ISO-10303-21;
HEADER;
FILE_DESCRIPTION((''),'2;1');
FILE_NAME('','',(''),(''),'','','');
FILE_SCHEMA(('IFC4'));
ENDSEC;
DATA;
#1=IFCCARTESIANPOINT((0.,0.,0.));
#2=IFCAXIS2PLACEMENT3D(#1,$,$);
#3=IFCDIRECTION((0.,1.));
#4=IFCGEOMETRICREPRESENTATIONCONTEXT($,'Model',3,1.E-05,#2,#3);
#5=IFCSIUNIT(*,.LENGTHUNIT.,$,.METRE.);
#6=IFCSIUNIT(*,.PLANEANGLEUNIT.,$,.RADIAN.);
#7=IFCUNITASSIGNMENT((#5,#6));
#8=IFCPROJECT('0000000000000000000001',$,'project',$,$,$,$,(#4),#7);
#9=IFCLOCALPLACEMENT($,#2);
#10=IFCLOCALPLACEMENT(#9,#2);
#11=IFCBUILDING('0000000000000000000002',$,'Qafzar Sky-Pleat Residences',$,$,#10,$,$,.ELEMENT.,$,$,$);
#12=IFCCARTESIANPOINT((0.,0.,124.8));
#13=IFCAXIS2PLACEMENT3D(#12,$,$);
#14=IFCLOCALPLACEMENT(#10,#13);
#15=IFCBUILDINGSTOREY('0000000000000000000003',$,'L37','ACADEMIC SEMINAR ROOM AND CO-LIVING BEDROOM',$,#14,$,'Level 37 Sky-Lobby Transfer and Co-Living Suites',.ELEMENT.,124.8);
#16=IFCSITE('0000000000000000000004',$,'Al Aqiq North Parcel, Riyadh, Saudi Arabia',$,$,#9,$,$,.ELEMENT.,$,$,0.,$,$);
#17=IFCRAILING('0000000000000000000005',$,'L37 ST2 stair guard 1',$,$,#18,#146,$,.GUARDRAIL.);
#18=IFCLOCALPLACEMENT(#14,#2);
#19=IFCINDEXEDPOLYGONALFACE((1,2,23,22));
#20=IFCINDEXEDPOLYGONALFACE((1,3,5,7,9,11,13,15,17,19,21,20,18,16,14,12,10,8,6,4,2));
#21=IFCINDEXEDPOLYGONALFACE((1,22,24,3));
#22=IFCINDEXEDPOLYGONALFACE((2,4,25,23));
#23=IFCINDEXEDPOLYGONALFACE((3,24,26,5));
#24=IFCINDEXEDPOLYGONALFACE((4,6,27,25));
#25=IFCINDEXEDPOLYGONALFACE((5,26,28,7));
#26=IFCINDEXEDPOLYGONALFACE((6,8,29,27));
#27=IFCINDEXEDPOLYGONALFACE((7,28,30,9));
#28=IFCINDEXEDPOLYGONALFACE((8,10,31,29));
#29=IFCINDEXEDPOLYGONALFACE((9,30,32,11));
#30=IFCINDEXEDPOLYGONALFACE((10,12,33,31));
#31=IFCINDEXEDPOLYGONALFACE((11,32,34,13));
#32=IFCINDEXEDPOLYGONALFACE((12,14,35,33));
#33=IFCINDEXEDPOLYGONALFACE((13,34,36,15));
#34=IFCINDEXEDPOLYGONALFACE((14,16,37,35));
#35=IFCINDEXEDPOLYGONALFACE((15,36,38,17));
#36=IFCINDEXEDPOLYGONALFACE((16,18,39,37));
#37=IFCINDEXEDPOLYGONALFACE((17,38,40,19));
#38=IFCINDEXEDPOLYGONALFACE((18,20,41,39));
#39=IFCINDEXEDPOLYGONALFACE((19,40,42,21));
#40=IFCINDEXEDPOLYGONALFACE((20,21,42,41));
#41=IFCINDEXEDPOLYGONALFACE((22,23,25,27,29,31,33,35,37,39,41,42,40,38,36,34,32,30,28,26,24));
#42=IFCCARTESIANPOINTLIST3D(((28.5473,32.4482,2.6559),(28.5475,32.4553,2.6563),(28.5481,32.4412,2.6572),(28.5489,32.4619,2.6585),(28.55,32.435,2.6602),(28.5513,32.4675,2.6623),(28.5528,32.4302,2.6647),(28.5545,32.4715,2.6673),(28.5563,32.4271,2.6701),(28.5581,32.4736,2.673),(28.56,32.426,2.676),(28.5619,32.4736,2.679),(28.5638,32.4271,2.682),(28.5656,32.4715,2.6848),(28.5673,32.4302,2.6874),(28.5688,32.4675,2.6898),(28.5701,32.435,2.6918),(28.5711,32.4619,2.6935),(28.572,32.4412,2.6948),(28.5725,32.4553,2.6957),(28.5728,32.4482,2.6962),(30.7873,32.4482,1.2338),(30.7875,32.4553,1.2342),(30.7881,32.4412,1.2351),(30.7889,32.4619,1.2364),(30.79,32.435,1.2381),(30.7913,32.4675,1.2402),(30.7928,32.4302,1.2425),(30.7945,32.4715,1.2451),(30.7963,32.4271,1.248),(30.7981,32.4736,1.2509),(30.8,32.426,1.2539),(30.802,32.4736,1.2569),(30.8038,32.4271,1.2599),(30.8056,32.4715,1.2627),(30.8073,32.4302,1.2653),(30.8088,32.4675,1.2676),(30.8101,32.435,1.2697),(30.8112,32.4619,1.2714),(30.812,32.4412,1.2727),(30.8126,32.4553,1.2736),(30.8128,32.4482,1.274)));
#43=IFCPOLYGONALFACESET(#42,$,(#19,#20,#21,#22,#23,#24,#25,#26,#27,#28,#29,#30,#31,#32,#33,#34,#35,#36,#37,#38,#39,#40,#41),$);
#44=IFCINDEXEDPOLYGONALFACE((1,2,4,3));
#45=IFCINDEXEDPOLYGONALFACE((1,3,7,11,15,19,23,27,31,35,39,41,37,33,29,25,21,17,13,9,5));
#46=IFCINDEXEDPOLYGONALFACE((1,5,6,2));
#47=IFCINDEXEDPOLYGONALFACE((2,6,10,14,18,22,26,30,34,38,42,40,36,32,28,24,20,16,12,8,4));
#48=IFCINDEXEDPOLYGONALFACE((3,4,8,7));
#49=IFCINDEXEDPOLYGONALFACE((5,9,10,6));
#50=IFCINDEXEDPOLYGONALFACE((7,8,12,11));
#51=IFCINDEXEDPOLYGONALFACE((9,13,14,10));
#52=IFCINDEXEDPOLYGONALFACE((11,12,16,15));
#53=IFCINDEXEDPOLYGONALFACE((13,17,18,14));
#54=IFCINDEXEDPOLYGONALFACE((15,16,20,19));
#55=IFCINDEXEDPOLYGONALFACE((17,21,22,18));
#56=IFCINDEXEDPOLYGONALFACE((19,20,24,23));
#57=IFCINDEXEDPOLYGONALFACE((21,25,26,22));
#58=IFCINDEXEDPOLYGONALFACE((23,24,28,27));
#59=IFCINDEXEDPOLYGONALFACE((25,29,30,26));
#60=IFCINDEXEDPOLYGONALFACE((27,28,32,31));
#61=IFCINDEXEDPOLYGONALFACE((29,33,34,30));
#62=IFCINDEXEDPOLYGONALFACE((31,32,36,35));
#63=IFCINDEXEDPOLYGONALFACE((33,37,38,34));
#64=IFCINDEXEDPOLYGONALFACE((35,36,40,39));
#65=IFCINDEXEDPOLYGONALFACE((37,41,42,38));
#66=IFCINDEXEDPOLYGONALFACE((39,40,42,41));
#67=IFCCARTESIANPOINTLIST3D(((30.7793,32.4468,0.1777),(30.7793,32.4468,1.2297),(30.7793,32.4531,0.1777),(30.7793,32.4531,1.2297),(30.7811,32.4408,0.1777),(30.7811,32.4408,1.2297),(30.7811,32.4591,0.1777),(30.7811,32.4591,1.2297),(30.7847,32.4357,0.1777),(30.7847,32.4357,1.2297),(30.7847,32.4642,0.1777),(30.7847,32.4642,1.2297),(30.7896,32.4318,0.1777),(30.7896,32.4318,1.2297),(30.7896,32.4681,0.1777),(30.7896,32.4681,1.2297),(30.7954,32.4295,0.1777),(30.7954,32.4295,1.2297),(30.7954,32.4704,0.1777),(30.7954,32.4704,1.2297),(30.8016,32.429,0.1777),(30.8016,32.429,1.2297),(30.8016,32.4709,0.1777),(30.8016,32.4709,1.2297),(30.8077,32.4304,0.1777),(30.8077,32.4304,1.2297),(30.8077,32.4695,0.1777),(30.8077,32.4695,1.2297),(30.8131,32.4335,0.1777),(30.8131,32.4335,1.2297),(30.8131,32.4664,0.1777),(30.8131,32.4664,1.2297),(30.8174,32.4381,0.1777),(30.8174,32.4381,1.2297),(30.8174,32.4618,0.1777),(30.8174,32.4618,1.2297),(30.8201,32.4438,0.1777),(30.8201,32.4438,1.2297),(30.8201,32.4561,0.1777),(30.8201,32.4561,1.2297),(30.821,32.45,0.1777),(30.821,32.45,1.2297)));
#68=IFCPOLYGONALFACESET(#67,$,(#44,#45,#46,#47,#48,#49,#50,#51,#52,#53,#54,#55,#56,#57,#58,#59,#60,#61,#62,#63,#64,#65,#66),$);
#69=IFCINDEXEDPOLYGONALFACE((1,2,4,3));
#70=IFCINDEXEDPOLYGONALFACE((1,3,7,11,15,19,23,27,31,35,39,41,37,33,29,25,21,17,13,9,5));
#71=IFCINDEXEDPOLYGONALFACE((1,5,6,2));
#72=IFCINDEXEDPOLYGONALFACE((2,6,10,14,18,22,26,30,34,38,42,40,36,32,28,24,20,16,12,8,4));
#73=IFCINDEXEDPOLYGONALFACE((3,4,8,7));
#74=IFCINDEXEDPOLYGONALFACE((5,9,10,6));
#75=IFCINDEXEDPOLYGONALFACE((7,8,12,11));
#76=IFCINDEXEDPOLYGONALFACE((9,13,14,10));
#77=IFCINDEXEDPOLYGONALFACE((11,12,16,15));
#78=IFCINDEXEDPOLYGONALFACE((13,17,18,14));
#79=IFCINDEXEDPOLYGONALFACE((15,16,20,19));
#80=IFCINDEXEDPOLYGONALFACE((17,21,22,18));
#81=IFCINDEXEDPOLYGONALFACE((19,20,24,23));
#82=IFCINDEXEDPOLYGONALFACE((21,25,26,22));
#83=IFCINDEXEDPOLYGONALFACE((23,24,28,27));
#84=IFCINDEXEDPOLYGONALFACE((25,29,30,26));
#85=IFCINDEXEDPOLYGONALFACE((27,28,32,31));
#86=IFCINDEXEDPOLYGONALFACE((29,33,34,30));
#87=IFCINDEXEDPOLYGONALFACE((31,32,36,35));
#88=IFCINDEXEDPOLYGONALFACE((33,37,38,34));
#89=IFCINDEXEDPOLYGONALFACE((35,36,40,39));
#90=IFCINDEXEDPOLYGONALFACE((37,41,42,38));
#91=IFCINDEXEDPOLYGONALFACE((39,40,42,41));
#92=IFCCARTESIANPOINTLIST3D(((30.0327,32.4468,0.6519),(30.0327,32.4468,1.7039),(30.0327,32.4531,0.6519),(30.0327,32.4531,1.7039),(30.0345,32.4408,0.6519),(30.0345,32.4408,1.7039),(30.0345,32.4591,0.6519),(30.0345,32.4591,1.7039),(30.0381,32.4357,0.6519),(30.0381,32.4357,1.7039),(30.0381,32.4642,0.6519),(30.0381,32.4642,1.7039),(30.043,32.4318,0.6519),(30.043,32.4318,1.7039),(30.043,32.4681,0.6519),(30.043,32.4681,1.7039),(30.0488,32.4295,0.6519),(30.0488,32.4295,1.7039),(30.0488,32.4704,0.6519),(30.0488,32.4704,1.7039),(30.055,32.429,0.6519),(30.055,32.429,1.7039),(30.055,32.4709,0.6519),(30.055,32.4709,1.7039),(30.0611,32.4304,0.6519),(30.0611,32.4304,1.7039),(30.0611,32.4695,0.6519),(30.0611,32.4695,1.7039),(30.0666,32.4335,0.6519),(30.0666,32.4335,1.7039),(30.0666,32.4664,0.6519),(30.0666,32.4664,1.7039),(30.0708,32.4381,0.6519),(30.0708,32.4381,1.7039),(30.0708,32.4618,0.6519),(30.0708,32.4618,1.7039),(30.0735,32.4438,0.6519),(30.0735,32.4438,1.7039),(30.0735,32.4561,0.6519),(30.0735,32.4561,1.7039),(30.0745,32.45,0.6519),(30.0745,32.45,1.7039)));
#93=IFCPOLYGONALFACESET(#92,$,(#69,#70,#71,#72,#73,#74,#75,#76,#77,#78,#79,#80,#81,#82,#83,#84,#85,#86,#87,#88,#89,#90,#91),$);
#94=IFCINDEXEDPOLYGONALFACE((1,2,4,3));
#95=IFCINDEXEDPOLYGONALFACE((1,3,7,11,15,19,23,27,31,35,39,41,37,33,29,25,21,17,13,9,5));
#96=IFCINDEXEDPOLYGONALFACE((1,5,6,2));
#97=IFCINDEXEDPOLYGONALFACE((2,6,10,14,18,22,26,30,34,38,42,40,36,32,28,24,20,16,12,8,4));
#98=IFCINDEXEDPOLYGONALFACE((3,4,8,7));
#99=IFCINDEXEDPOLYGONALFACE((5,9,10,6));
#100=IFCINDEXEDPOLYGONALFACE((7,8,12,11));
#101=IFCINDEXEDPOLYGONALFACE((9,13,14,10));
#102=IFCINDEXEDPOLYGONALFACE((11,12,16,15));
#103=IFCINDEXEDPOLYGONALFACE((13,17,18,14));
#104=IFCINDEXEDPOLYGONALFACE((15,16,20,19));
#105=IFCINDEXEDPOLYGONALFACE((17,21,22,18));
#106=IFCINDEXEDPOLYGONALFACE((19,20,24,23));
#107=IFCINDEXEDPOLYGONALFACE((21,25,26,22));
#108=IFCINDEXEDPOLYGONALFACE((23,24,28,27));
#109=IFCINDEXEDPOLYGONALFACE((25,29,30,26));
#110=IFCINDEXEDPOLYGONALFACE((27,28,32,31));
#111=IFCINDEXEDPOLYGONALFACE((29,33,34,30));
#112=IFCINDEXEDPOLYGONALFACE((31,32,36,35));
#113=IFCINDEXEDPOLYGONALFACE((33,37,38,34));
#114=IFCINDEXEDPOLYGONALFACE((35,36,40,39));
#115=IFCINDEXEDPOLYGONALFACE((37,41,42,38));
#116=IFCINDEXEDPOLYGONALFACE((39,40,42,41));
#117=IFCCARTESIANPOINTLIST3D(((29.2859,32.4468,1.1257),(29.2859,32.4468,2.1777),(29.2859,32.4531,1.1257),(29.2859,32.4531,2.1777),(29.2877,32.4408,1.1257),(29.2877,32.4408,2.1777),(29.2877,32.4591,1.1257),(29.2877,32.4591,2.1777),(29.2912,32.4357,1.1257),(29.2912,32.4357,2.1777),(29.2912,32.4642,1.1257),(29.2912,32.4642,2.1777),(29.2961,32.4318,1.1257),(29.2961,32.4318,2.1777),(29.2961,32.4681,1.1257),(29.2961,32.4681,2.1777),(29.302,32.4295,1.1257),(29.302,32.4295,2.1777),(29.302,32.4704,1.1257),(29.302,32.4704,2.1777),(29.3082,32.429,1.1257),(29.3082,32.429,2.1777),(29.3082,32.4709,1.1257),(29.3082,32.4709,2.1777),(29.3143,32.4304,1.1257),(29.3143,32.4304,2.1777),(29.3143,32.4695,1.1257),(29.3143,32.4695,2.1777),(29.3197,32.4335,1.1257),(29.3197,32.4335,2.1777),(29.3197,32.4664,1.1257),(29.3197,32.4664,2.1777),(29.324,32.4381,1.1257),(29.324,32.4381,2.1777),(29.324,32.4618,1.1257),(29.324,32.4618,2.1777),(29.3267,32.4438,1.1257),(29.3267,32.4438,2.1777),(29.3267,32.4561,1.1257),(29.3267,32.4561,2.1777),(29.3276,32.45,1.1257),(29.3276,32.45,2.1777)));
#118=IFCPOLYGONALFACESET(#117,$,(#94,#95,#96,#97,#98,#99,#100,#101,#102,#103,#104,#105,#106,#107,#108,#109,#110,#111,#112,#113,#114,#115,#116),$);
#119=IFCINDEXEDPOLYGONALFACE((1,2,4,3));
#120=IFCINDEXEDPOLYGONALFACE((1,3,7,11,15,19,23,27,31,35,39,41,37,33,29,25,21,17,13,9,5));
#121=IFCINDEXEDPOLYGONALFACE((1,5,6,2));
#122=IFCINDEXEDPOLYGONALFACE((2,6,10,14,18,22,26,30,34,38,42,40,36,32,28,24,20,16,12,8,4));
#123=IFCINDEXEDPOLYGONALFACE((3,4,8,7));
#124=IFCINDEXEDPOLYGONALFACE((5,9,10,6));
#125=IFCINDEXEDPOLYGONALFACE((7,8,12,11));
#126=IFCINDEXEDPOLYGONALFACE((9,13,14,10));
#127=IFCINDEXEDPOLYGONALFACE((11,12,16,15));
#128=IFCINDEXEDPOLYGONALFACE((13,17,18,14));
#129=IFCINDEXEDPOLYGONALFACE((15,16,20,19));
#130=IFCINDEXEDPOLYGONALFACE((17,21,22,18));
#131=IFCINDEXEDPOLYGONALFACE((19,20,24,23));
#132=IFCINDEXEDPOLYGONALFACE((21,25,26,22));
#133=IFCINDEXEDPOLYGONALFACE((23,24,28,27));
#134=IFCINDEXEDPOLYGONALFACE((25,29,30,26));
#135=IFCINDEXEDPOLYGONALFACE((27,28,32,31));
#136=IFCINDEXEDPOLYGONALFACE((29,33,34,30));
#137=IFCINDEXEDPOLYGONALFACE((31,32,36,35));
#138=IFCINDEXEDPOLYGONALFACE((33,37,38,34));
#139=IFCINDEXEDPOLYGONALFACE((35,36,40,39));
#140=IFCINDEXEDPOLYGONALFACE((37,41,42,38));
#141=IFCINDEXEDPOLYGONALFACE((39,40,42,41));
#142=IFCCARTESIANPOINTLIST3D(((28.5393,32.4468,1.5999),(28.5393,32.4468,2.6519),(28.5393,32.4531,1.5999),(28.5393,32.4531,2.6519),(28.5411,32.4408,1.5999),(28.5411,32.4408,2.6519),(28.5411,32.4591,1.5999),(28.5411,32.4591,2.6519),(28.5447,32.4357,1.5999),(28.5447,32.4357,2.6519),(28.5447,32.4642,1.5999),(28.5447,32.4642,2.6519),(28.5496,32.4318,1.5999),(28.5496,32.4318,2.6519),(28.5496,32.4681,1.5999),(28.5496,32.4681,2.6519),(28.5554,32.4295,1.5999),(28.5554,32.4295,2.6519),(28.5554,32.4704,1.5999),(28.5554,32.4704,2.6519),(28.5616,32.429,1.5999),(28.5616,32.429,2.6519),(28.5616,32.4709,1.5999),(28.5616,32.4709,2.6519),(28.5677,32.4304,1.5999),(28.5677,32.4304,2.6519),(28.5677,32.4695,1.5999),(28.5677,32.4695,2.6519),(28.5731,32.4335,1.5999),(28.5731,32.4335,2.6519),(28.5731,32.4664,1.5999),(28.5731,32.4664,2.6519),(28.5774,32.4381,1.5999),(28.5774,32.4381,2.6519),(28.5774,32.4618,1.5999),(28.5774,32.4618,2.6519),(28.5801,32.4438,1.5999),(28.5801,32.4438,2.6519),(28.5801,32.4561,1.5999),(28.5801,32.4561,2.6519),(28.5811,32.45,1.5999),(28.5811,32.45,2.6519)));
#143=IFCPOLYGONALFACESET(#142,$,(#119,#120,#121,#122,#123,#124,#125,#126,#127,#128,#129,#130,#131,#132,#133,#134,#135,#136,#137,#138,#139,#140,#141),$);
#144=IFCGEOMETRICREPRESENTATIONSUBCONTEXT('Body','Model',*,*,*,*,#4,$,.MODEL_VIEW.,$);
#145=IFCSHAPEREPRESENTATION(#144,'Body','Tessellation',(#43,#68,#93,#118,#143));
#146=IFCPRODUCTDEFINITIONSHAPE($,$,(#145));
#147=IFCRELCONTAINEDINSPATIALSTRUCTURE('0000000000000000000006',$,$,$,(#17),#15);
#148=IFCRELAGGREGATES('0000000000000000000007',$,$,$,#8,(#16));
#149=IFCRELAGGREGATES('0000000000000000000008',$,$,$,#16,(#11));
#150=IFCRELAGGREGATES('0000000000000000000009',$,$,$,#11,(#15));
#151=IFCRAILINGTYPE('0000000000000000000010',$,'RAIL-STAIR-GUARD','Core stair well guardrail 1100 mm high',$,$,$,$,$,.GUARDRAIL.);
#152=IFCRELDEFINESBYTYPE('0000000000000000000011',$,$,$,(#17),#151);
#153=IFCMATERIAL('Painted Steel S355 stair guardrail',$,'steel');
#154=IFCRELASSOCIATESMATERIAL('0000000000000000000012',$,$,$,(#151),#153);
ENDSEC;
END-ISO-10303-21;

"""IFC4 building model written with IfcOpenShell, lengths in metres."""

from ifc_helpers import new_model, si_unit, direction, frame, origin, origin_2d, place, context, subcontext, project, spatial, circle, extrude, source, transform, mapped, material, type_object, element, save


model = new_model("IFC4")

# Units and contexts
model_context = context("Model", 3, precision=1e-05, world=origin(), true_north=direction((0.0, 1.0)))
body_context = subcontext(model_context, "Body", "Model", "MODEL_VIEW")
ifc_project = project(units=[si_unit("LENGTHUNIT", "METRE"), si_unit("PLANEANGLEUNIT", "RADIAN")], contexts=[model_context])

# Site, building, storey
site_placement = place(None, origin())
site = spatial("IfcSite", under=ifc_project, at=site_placement, Name="Al Aqiq North Parcel, Riyadh, Saudi Arabia", CompositionType="ELEMENT", RefElevation=0.0)
building_placement = place(site_placement, origin())
building = spatial("IfcBuilding", under=site, at=building_placement, Name="Qafzar Sky-Pleat Residences", CompositionType="ELEMENT")
storey_placement = place(building_placement, frame((0.0, 0.0, 124.8)))
storey = spatial("IfcBuildingStorey", under=building, at=storey_placement, Name="L37", Description="ACADEMIC SEMINAR ROOM AND CO-LIVING BEDROOM", LongName="Level 37 Sky-Lobby Transfer and Co-Living Suites", CompositionType="ELEMENT", Elevation=124.8)

# Railing
ifc_material_1 = material(Name="Painted Steel S355 stair guardrail", Category="steel")
railing_type_1 = type_object("IfcRailingType", Name="RAIL-STAIR-GUARD", Description="Core stair well guardrail 1100 mm high", PredefinedType="GUARDRAIL", material=ifc_material_1)
shared_shape_1 = source(origin(), body_context, "Body", "SweptSolid", [
    extrude(circle(Radius=0.0239, at=origin_2d()), frame((0.0, 0.0, 1.0762), z_axis=(-0.844229, 0.0, 0.535982), x_axis=(0.0, -1.0, 0.0)), (0.0, 0.0, 1.0), 2.6533),
    extrude(circle(Radius=0.021, at=origin_2d()), origin(), (0.0, 0.0, 1.0), 1.052),
    extrude(circle(Radius=0.021, at=origin_2d()), frame((-0.7466, 0.0, 0.4741)), (0.0, 0.0, 1.0), 1.052),
    extrude(circle(Radius=0.021, at=origin_2d()), frame((-1.4934, 0.0, 0.948)), (0.0, 0.0, 1.0), 1.052),
    extrude(circle(Radius=0.021, at=origin_2d()), frame((-2.24, 0.0, 1.4221)), (0.0, 0.0, 1.0), 1.052),
])
railing_1_placement = place(storey_placement, frame((30.8, 32.45, 0.1777)))
element("IfcRailing", 1, at=railing_1_placement, inside=storey, type_object=railing_type_1, Name="L37 ST2 stair guard 1", PredefinedType="GUARDRAIL", context=body_context, shape_type="MappedRepresentation", body=[
    mapped(shared_shape_1, transform((0.0, 0.0, 0.0), x_axis=(1.0, 0.0, 0.0), y_axis=(0.0, 1.0, 0.0), z_axis=(0.0, 0.0, 1.0), scale=1.0)),
])

save(model, "model.ifc")
